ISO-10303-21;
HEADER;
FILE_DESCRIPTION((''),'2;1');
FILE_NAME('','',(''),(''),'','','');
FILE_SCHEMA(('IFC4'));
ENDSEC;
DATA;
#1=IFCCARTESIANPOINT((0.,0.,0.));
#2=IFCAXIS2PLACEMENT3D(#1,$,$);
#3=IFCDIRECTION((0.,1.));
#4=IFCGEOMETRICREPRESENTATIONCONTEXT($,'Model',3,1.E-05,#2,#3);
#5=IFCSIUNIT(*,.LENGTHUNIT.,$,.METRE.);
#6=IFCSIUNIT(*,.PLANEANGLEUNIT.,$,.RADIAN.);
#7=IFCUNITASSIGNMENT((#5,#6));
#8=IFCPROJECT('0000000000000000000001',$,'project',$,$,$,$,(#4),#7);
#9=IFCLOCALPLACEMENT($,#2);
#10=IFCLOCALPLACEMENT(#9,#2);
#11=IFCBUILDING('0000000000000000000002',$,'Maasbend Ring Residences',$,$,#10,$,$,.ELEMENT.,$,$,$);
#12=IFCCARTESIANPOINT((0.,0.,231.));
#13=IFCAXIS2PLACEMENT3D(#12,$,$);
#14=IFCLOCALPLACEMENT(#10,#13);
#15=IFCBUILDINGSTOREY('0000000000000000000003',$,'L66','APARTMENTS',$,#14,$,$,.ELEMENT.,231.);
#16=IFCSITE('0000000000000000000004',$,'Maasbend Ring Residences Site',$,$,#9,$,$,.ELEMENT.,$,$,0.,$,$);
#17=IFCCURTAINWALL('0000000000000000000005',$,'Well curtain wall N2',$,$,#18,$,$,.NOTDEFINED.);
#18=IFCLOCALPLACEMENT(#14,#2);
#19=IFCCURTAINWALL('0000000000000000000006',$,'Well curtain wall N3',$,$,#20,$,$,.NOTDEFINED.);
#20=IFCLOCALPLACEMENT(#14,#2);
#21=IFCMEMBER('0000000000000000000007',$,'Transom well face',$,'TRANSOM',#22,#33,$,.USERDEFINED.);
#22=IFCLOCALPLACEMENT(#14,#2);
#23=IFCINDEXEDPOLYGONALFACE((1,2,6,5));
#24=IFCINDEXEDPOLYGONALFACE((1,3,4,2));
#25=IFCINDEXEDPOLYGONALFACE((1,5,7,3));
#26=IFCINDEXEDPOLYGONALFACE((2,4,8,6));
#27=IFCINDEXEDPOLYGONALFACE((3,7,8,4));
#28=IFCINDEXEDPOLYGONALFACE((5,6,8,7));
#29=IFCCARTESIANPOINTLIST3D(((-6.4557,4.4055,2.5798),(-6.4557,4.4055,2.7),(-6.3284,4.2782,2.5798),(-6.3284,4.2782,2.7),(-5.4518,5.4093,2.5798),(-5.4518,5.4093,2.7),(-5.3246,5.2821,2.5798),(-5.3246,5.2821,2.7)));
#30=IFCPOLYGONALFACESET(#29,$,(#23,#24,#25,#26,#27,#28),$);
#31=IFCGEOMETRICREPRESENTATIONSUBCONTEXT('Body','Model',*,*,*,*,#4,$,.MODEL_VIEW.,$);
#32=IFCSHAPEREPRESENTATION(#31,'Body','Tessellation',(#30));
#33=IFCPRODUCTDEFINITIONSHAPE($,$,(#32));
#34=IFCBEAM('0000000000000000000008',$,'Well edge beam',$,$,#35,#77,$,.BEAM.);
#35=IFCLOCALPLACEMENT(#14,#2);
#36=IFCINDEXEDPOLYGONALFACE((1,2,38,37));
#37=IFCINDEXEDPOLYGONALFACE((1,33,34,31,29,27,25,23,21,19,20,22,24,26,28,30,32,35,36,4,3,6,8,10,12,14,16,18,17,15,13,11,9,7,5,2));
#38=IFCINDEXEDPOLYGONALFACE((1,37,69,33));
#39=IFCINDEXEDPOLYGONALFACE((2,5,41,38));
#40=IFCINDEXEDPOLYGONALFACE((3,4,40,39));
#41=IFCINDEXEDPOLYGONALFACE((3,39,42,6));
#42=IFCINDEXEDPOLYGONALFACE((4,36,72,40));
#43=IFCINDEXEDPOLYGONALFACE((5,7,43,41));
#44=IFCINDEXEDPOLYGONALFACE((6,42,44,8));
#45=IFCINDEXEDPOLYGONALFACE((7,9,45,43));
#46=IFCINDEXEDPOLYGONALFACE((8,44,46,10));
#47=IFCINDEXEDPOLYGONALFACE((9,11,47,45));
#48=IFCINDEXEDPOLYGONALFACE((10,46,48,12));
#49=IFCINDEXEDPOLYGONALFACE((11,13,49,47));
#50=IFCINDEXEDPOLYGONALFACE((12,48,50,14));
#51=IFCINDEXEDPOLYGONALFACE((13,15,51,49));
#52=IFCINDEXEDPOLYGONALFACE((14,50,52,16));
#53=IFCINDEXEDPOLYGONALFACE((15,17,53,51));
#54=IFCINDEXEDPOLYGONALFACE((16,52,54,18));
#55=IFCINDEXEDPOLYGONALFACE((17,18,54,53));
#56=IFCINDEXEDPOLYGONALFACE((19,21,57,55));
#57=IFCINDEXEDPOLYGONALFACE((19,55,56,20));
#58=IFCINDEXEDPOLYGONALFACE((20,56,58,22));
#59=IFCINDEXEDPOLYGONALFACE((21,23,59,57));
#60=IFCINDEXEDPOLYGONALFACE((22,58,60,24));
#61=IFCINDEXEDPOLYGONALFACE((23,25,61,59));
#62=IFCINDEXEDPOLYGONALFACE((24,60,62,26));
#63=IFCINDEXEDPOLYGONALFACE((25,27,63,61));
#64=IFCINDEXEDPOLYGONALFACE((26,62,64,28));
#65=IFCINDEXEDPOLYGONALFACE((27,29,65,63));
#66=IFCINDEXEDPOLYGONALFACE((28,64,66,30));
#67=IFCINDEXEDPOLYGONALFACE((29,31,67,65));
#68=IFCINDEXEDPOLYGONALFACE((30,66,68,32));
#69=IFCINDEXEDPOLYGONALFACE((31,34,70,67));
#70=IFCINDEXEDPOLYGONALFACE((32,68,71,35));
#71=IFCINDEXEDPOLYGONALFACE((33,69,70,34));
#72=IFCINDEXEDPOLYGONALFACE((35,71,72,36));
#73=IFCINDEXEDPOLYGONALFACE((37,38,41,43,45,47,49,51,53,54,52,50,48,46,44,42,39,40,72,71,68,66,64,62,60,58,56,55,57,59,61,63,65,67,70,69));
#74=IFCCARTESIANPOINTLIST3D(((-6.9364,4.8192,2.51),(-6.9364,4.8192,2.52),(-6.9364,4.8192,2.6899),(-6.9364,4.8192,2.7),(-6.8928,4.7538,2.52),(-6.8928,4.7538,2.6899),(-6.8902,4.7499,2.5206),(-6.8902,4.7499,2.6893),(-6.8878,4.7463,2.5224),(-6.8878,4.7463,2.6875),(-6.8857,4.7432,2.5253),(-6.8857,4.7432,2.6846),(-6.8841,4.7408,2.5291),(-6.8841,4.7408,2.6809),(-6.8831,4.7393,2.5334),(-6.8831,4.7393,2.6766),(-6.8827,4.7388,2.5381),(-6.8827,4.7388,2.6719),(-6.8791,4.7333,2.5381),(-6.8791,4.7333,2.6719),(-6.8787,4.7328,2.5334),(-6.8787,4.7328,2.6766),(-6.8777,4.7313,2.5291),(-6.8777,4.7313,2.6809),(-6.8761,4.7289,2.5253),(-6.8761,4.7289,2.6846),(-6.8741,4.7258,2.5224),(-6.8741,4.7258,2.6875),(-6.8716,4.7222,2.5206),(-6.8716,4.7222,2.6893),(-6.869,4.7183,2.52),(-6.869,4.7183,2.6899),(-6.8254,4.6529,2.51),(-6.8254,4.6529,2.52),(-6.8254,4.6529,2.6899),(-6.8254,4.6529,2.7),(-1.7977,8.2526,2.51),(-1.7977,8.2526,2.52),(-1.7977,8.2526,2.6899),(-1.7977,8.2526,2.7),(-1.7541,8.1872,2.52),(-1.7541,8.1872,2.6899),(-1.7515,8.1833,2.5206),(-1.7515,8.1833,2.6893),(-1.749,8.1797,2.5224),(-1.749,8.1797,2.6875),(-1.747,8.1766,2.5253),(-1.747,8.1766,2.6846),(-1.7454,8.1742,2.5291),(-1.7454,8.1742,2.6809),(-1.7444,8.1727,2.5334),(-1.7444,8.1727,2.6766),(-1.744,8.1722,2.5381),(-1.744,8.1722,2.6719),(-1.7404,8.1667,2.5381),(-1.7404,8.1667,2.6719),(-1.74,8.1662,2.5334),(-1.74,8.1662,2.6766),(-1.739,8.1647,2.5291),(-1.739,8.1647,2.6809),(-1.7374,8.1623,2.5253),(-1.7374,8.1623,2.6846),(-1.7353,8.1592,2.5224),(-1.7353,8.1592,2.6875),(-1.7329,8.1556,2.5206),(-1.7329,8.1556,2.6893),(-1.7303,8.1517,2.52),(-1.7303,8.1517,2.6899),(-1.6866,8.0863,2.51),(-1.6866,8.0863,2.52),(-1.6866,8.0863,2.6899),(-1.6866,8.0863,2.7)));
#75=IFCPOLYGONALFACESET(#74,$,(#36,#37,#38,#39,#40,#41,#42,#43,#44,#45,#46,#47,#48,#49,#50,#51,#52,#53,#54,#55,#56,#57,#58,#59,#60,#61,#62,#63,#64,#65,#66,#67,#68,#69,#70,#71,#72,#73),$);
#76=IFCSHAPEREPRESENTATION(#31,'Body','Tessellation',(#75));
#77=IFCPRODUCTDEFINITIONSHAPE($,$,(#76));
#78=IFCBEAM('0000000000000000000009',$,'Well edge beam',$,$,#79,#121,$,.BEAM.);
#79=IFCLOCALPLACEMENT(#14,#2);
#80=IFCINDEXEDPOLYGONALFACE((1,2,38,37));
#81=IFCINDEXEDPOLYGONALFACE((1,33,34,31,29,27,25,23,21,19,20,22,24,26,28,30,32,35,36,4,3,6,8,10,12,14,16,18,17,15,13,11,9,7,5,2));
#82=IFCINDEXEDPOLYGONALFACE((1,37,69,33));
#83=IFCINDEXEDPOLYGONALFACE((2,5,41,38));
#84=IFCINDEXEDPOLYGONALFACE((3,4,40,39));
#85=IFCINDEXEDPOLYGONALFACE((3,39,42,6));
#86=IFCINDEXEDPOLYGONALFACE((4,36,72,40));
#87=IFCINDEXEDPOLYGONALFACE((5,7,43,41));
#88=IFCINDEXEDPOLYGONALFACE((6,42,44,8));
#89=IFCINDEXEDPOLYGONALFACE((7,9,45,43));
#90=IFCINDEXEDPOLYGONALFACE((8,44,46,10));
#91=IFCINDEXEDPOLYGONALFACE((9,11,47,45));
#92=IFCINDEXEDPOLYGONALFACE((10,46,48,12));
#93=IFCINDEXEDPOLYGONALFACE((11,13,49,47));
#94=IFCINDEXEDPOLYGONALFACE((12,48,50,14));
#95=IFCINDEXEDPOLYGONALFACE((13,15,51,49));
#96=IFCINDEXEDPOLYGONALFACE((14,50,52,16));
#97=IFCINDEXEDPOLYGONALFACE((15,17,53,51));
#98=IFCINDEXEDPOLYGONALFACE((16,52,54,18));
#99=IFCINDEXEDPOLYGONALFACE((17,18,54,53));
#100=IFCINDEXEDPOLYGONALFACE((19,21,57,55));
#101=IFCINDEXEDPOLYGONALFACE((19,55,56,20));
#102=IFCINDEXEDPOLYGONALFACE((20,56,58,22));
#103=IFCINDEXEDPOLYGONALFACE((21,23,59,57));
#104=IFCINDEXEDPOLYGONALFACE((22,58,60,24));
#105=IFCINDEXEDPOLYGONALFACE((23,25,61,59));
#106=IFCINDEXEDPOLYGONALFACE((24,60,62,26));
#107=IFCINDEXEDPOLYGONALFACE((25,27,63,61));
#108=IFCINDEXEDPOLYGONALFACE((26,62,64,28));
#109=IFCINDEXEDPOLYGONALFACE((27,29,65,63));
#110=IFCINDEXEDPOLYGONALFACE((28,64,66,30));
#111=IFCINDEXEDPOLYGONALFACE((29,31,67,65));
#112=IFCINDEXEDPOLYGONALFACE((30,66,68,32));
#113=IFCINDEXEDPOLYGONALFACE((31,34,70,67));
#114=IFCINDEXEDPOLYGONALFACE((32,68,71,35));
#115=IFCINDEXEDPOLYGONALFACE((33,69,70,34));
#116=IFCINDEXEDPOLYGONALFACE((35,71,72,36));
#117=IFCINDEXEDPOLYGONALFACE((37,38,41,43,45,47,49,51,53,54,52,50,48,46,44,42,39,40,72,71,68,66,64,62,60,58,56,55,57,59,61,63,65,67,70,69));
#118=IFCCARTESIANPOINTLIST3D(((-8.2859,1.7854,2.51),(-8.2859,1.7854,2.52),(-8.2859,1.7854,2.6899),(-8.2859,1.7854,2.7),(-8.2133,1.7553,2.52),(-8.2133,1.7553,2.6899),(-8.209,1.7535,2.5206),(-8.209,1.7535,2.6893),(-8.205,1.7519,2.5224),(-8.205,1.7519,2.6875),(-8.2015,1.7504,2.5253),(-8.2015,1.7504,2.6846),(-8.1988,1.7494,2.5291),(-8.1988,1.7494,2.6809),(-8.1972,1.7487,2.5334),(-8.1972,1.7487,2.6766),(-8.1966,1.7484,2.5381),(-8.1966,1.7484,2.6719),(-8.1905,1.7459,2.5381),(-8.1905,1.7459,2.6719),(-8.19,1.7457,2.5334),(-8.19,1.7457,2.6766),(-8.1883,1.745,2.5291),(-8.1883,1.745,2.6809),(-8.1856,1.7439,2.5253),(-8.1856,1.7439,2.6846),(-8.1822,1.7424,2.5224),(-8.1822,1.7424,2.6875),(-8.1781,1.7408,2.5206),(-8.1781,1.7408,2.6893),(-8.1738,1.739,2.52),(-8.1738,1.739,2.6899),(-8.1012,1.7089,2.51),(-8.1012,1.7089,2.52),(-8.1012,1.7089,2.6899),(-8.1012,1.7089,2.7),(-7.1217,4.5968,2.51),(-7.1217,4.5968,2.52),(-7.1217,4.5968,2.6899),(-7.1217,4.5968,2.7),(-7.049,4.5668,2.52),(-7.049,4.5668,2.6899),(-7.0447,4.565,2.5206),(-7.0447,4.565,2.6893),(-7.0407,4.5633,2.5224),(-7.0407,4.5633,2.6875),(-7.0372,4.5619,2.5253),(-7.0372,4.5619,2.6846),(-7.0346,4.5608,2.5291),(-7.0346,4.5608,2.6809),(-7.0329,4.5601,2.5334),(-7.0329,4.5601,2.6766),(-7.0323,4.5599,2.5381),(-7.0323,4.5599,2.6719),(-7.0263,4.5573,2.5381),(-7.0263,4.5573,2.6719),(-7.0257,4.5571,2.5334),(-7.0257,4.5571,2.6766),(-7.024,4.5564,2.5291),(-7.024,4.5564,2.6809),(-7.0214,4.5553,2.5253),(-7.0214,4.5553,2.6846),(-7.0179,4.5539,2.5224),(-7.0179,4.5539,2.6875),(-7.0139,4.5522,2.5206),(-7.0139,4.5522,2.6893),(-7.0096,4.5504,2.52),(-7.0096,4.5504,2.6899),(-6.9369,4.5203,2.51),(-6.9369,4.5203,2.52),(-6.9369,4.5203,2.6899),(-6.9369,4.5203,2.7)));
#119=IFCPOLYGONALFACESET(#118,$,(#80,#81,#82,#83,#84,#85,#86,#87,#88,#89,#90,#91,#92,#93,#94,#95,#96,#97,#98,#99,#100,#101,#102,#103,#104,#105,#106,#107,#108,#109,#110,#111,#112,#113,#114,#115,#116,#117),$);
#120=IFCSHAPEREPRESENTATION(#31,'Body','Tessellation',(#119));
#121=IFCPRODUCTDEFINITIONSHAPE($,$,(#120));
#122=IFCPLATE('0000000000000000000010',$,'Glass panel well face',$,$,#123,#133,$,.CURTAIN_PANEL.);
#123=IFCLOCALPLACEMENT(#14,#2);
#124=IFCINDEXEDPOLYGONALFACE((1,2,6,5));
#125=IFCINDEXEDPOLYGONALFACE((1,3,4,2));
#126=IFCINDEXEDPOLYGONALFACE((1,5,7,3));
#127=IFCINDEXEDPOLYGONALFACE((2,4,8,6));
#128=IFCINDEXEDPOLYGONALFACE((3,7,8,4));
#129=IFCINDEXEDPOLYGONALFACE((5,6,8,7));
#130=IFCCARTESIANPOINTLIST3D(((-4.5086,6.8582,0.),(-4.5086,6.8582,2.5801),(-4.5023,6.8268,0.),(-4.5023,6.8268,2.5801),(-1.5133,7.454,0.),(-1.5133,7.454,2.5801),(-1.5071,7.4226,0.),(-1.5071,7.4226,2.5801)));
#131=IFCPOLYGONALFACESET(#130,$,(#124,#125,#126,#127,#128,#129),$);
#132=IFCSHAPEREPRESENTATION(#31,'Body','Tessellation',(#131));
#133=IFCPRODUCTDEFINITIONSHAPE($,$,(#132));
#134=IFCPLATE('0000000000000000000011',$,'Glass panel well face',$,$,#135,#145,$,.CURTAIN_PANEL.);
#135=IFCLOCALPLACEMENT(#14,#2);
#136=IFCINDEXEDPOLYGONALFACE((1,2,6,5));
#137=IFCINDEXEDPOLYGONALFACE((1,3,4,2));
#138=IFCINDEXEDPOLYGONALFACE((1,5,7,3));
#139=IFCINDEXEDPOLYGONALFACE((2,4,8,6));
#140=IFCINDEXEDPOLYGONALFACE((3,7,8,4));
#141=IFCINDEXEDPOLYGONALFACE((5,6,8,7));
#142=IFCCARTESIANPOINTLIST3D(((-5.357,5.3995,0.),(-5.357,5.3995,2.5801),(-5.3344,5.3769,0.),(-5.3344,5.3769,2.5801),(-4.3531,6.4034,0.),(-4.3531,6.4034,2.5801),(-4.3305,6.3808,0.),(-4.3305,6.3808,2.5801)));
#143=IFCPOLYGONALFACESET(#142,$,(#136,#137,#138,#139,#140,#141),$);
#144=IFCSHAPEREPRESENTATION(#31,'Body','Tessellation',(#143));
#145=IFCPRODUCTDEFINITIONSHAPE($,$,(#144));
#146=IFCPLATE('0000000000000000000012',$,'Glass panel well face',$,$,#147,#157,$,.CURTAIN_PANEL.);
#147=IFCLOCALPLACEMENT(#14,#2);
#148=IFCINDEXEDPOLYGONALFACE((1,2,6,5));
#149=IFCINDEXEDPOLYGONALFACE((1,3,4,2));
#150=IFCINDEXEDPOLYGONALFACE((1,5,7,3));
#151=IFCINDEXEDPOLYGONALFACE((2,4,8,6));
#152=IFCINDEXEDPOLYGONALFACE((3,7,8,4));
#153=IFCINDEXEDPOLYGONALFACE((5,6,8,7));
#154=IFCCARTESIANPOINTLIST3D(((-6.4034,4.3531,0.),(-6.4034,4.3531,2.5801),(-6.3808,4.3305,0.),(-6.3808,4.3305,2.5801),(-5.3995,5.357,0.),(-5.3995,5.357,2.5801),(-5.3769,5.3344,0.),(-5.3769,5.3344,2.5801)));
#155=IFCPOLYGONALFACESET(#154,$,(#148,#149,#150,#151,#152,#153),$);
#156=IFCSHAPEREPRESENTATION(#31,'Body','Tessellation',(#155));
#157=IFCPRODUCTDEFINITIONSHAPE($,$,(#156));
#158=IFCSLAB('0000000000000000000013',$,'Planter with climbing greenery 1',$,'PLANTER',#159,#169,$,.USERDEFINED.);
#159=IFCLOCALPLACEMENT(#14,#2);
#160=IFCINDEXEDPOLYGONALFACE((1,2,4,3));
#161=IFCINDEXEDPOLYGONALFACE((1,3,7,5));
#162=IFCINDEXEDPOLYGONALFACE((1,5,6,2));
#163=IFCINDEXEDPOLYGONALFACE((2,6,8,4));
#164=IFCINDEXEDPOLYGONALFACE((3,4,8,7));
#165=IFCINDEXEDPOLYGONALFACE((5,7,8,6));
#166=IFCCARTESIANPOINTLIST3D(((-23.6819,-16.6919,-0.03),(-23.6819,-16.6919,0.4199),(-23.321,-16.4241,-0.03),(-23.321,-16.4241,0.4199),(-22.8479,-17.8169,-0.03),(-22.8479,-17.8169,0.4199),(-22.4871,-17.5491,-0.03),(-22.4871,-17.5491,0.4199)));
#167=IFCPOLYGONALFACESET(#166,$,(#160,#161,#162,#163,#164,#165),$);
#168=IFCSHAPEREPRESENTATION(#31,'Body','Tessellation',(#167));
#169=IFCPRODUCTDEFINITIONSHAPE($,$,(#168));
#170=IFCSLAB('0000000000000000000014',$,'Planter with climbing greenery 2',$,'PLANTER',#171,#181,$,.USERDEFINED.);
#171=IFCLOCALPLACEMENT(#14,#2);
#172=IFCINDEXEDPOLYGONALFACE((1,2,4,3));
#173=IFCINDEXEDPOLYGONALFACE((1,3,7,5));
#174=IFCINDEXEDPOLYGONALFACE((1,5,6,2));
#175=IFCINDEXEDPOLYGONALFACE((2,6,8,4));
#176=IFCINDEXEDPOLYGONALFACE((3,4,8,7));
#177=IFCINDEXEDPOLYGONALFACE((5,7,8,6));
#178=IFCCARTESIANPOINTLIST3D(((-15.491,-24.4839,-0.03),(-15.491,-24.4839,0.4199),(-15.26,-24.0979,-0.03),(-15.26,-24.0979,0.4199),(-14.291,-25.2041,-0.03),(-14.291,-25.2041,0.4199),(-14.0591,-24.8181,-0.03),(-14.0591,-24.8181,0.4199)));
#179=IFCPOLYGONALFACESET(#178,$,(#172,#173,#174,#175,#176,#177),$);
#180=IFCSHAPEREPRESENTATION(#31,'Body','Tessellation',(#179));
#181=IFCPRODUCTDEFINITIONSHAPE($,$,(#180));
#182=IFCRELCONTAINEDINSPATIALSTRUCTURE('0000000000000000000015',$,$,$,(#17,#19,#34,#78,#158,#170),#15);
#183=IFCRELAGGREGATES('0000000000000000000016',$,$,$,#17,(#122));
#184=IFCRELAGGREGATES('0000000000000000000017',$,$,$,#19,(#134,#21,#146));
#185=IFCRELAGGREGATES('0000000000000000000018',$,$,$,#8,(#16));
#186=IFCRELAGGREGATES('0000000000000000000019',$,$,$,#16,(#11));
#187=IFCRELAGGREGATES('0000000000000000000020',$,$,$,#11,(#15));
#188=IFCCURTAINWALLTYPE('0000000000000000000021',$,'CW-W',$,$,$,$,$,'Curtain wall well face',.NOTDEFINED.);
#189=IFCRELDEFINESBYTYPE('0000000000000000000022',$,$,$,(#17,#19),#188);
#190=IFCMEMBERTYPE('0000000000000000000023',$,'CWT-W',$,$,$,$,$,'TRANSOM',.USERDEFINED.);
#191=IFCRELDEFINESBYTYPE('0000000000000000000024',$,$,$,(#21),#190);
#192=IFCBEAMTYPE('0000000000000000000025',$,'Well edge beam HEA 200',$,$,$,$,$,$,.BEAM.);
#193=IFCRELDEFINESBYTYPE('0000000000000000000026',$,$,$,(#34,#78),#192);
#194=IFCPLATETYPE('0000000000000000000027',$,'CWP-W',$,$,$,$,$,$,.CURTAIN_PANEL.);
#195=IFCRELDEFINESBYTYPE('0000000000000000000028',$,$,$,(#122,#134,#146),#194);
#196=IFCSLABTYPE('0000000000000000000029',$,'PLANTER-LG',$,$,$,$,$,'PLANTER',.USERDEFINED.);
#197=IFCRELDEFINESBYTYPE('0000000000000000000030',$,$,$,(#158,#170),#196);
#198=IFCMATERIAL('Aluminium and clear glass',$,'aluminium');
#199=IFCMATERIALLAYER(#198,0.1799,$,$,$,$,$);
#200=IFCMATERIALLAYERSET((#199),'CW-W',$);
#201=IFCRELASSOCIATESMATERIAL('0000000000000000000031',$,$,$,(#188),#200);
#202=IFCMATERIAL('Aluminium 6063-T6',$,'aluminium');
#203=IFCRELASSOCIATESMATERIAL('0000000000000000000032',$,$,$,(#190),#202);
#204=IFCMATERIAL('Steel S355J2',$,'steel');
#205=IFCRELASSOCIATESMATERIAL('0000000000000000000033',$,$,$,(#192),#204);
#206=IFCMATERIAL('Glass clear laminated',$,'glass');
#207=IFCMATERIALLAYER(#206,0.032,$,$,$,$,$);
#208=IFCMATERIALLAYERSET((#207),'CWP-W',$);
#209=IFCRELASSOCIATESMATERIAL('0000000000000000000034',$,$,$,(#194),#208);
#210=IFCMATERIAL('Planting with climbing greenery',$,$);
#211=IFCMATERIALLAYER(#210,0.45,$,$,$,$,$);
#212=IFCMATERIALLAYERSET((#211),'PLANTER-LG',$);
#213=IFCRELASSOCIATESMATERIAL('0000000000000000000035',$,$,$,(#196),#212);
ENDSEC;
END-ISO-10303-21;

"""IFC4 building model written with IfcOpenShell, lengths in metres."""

from ifc_helpers import new_model, si_unit, direction, frame, origin, origin_2d, place, context, subcontext, project, spatial, polyline, rectangle, i_section, outline, extrude, material, layer, layer_set, material_profile, profile_set, type_object, element, aggregate, save


model = new_model("IFC4")

# Units and contexts
model_context = context("Model", 3, precision=1e-05, world=origin(), true_north=direction((0.0, 1.0)))
body_context = subcontext(model_context, "Body", "Model", "MODEL_VIEW")
ifc_project = project(units=[si_unit("LENGTHUNIT", "METRE"), si_unit("PLANEANGLEUNIT", "RADIAN")], contexts=[model_context])

# Site, building, storey
site_placement = place(None, origin())
site = spatial("IfcSite", under=ifc_project, at=site_placement, Name="Maasbend Ring Residences Site", CompositionType="ELEMENT", RefElevation=0.0)
building_placement = place(site_placement, origin())
building = spatial("IfcBuilding", under=site, at=building_placement, Name="Maasbend Ring Residences", CompositionType="ELEMENT")
storey_placement = place(building_placement, frame((0.0, 0.0, 231.0)))
storey = spatial("IfcBuildingStorey", under=building, at=storey_placement, Name="L66", Description="APARTMENTS", CompositionType="ELEMENT", Elevation=231.0)

# Curtain walls
ifc_material_1 = material(Name="Aluminium and clear glass", Category="aluminium")
ifc_layer_1 = layer(ifc_material_1, 0.1799)
ifc_layer_set_1 = layer_set([ifc_layer_1], Name="CW-W")
curtain_wall_type = type_object("IfcCurtainWallType", Name="CW-W", ElementType="Curtain wall well face", PredefinedType="NOTDEFINED", material=ifc_layer_set_1)
curtain_wall_1_placement = place(storey_placement, origin())
curtain_wall_1 = element("IfcCurtainWall", 1, at=curtain_wall_1_placement, inside=storey, type_object=curtain_wall_type, Name="Well curtain wall N2", PredefinedType="NOTDEFINED")
curtain_wall_2_placement = place(storey_placement, origin())
curtain_wall_2 = element("IfcCurtainWall", 2, at=curtain_wall_2_placement, inside=storey, type_object=curtain_wall_type, Name="Well curtain wall N3", PredefinedType="NOTDEFINED")

# Member
ifc_material_2 = material(Name="Aluminium 6063-T6", Category="aluminium")
ifc_material_profile_1 = material_profile(ifc_material_2, rectangle(XDim=0.1799, YDim=0.1201, at=origin_2d()), Name="AL 180x120")
ifc_profile_set_1 = profile_set([ifc_material_profile_1], Name="Aluminium 6063-T6")
member_type_1 = type_object("IfcMemberType", Name="CWT-W", ElementType="TRANSOM", PredefinedType="USERDEFINED", material=ifc_profile_set_1)
member_1_placement = place(storey_placement, frame((-5.3882, 5.3457, 2.6399), z_axis=(-0.707107, -0.707107, 0.0), x_axis=(0.707107, -0.707107, 0.0)))
member_1 = element("IfcMember", 3, at=member_1_placement, type_object=member_type_1, Name="Transom well face", ObjectType="TRANSOM", PredefinedType="USERDEFINED", context=body_context, shape_type="SweptSolid", body=[
    extrude(rectangle(XDim=0.1799, YDim=0.1201, at=origin_2d()), origin(), (0.0, 0.0, 1.0), 1.4197),
])

# Beams
ifc_material_3 = material(Name="Steel S355J2", Category="steel")
ifc_material_profile_2 = material_profile(ifc_material_3, i_section(OverallWidth=0.2, OverallDepth=0.1899, WebThickness=0.0066, FlangeThickness=0.01, FilletRadius=0.0181, at=origin_2d()), Name="HEA 200")
ifc_profile_set_2 = profile_set([ifc_material_profile_2], Name="Steel S355J2")
beam_type = type_object("IfcBeamType", Name="Well edge beam HEA 200", PredefinedType="BEAM", material=ifc_profile_set_2)
beam_1_placement = place(storey_placement, frame((-1.7422, 8.1694, 2.605), z_axis=(-0.831485, -0.555548, 0.0), x_axis=(0.555548, -0.831485, 0.0)))
element("IfcBeam", 4, at=beam_1_placement, inside=storey, type_object=beam_type, Name="Well edge beam", PredefinedType="BEAM", context=body_context, shape_type="SweptSolid", body=[
    extrude(i_section(OverallWidth=0.2, OverallDepth=0.1899, WebThickness=0.0066, FlangeThickness=0.01, FilletRadius=0.0181, at=origin_2d()), origin(), (0.0, 0.0, 1.0), 6.1802),
])
beam_2_placement = place(storey_placement, frame((-7.0293, 4.5586, 2.605), z_axis=(-0.382609, -0.92391, 0.0), x_axis=(0.92391, -0.382609, 0.0)))
element("IfcBeam", 5, at=beam_2_placement, inside=storey, type_object=beam_type, Name="Well edge beam", PredefinedType="BEAM", context=body_context, shape_type="SweptSolid", body=[
    extrude(i_section(OverallWidth=0.2, OverallDepth=0.1899, WebThickness=0.0066, FlangeThickness=0.01, FilletRadius=0.0181, at=origin_2d()), origin(), (0.0, 0.0, 1.0), 3.043),
])

# Plates
ifc_material_4 = material(Name="Glass clear laminated", Category="glass")
ifc_layer_2 = layer(ifc_material_4, 0.032)
ifc_layer_set_2 = layer_set([ifc_layer_2], Name="CWP-W")
plate_type = type_object("IfcPlateType", Name="CWP-W", PredefinedType="CURTAIN_PANEL", material=ifc_layer_set_2)
plate_1_placement = place(storey_placement, frame((-3.0078, 7.1404, 0.0), z_axis=(0.0, 0.0, 1.0), x_axis=(-0.980785, -0.19509, 0.0)))
plate_1 = element("IfcPlate", 6, at=plate_1_placement, type_object=plate_type, Name="Glass panel well face", PredefinedType="CURTAIN_PANEL", context=body_context, shape_type="SweptSolid", body=[
    extrude(rectangle(XDim=3.054, YDim=0.032, at=origin_2d()), origin(), (0.0, 0.0, 1.0), 2.5801),
])
aggregate(curtain_wall_1, [plate_1])
plate_2_placement = place(storey_placement, frame((-4.8438, 5.8901, 0.0), z_axis=(0.0, 0.0, 1.0), x_axis=(-0.707107, -0.707107, 0.0)))
plate_2 = element("IfcPlate", 7, at=plate_2_placement, type_object=plate_type, Name="Glass panel well face", PredefinedType="CURTAIN_PANEL", context=body_context, shape_type="SweptSolid", body=[
    extrude(rectangle(XDim=1.4197, YDim=0.032, at=origin_2d()), origin(), (0.0, 0.0, 1.0), 2.5801),
])
plate_3_placement = place(storey_placement, frame((-5.8901, 4.8438, 0.0), z_axis=(0.0, 0.0, 1.0), x_axis=(-0.707107, -0.707107, 0.0)))
plate_3 = element("IfcPlate", 8, at=plate_3_placement, type_object=plate_type, Name="Glass panel well face", PredefinedType="CURTAIN_PANEL", context=body_context, shape_type="SweptSolid", body=[
    extrude(rectangle(XDim=1.4197, YDim=0.032, at=origin_2d()), origin(), (0.0, 0.0, 1.0), 2.5801),
])
aggregate(curtain_wall_2, [plate_2, member_1, plate_3])

# Slabs
ifc_material_5 = material(Name="Planting with climbing greenery")
ifc_layer_3 = layer(ifc_material_5, 0.45)
ifc_layer_set_3 = layer_set([ifc_layer_3], Name="PLANTER-LG")
slab_type_1 = type_object("IfcSlabType", Name="PLANTER-LG", ElementType="PLANTER", PredefinedType="USERDEFINED", material=ifc_layer_set_3)
slab_1_placement = place(storey_placement, frame((0.0, 0.0, -0.03)))
element("IfcSlab", 9, at=slab_1_placement, inside=storey, type_object=slab_type_1, Name="Planter with climbing greenery 1", ObjectType="PLANTER", PredefinedType="USERDEFINED", context=body_context, shape_type="SweptSolid", body=[
    extrude(outline(polyline([(-23.6819, -16.6919), (-22.8479, -17.8169), (-22.4871, -17.5491), (-23.321, -16.4241), (-23.6819, -16.6919)])), origin(), (0.0, 0.0, 1.0), 0.45),
])
slab_2_placement = place(storey_placement, frame((0.0, 0.0, -0.03)))
element("IfcSlab", 10, at=slab_2_placement, inside=storey, type_object=slab_type_1, Name="Planter with climbing greenery 2", ObjectType="PLANTER", PredefinedType="USERDEFINED", context=body_context, shape_type="SweptSolid", body=[
    extrude(outline(polyline([(-15.491, -24.4839), (-14.291, -25.2041), (-14.0591, -24.8181), (-15.26, -24.0979), (-15.491, -24.4839)])), origin(), (0.0, 0.0, 1.0), 0.45),
])

save(model, "model.ifc")
